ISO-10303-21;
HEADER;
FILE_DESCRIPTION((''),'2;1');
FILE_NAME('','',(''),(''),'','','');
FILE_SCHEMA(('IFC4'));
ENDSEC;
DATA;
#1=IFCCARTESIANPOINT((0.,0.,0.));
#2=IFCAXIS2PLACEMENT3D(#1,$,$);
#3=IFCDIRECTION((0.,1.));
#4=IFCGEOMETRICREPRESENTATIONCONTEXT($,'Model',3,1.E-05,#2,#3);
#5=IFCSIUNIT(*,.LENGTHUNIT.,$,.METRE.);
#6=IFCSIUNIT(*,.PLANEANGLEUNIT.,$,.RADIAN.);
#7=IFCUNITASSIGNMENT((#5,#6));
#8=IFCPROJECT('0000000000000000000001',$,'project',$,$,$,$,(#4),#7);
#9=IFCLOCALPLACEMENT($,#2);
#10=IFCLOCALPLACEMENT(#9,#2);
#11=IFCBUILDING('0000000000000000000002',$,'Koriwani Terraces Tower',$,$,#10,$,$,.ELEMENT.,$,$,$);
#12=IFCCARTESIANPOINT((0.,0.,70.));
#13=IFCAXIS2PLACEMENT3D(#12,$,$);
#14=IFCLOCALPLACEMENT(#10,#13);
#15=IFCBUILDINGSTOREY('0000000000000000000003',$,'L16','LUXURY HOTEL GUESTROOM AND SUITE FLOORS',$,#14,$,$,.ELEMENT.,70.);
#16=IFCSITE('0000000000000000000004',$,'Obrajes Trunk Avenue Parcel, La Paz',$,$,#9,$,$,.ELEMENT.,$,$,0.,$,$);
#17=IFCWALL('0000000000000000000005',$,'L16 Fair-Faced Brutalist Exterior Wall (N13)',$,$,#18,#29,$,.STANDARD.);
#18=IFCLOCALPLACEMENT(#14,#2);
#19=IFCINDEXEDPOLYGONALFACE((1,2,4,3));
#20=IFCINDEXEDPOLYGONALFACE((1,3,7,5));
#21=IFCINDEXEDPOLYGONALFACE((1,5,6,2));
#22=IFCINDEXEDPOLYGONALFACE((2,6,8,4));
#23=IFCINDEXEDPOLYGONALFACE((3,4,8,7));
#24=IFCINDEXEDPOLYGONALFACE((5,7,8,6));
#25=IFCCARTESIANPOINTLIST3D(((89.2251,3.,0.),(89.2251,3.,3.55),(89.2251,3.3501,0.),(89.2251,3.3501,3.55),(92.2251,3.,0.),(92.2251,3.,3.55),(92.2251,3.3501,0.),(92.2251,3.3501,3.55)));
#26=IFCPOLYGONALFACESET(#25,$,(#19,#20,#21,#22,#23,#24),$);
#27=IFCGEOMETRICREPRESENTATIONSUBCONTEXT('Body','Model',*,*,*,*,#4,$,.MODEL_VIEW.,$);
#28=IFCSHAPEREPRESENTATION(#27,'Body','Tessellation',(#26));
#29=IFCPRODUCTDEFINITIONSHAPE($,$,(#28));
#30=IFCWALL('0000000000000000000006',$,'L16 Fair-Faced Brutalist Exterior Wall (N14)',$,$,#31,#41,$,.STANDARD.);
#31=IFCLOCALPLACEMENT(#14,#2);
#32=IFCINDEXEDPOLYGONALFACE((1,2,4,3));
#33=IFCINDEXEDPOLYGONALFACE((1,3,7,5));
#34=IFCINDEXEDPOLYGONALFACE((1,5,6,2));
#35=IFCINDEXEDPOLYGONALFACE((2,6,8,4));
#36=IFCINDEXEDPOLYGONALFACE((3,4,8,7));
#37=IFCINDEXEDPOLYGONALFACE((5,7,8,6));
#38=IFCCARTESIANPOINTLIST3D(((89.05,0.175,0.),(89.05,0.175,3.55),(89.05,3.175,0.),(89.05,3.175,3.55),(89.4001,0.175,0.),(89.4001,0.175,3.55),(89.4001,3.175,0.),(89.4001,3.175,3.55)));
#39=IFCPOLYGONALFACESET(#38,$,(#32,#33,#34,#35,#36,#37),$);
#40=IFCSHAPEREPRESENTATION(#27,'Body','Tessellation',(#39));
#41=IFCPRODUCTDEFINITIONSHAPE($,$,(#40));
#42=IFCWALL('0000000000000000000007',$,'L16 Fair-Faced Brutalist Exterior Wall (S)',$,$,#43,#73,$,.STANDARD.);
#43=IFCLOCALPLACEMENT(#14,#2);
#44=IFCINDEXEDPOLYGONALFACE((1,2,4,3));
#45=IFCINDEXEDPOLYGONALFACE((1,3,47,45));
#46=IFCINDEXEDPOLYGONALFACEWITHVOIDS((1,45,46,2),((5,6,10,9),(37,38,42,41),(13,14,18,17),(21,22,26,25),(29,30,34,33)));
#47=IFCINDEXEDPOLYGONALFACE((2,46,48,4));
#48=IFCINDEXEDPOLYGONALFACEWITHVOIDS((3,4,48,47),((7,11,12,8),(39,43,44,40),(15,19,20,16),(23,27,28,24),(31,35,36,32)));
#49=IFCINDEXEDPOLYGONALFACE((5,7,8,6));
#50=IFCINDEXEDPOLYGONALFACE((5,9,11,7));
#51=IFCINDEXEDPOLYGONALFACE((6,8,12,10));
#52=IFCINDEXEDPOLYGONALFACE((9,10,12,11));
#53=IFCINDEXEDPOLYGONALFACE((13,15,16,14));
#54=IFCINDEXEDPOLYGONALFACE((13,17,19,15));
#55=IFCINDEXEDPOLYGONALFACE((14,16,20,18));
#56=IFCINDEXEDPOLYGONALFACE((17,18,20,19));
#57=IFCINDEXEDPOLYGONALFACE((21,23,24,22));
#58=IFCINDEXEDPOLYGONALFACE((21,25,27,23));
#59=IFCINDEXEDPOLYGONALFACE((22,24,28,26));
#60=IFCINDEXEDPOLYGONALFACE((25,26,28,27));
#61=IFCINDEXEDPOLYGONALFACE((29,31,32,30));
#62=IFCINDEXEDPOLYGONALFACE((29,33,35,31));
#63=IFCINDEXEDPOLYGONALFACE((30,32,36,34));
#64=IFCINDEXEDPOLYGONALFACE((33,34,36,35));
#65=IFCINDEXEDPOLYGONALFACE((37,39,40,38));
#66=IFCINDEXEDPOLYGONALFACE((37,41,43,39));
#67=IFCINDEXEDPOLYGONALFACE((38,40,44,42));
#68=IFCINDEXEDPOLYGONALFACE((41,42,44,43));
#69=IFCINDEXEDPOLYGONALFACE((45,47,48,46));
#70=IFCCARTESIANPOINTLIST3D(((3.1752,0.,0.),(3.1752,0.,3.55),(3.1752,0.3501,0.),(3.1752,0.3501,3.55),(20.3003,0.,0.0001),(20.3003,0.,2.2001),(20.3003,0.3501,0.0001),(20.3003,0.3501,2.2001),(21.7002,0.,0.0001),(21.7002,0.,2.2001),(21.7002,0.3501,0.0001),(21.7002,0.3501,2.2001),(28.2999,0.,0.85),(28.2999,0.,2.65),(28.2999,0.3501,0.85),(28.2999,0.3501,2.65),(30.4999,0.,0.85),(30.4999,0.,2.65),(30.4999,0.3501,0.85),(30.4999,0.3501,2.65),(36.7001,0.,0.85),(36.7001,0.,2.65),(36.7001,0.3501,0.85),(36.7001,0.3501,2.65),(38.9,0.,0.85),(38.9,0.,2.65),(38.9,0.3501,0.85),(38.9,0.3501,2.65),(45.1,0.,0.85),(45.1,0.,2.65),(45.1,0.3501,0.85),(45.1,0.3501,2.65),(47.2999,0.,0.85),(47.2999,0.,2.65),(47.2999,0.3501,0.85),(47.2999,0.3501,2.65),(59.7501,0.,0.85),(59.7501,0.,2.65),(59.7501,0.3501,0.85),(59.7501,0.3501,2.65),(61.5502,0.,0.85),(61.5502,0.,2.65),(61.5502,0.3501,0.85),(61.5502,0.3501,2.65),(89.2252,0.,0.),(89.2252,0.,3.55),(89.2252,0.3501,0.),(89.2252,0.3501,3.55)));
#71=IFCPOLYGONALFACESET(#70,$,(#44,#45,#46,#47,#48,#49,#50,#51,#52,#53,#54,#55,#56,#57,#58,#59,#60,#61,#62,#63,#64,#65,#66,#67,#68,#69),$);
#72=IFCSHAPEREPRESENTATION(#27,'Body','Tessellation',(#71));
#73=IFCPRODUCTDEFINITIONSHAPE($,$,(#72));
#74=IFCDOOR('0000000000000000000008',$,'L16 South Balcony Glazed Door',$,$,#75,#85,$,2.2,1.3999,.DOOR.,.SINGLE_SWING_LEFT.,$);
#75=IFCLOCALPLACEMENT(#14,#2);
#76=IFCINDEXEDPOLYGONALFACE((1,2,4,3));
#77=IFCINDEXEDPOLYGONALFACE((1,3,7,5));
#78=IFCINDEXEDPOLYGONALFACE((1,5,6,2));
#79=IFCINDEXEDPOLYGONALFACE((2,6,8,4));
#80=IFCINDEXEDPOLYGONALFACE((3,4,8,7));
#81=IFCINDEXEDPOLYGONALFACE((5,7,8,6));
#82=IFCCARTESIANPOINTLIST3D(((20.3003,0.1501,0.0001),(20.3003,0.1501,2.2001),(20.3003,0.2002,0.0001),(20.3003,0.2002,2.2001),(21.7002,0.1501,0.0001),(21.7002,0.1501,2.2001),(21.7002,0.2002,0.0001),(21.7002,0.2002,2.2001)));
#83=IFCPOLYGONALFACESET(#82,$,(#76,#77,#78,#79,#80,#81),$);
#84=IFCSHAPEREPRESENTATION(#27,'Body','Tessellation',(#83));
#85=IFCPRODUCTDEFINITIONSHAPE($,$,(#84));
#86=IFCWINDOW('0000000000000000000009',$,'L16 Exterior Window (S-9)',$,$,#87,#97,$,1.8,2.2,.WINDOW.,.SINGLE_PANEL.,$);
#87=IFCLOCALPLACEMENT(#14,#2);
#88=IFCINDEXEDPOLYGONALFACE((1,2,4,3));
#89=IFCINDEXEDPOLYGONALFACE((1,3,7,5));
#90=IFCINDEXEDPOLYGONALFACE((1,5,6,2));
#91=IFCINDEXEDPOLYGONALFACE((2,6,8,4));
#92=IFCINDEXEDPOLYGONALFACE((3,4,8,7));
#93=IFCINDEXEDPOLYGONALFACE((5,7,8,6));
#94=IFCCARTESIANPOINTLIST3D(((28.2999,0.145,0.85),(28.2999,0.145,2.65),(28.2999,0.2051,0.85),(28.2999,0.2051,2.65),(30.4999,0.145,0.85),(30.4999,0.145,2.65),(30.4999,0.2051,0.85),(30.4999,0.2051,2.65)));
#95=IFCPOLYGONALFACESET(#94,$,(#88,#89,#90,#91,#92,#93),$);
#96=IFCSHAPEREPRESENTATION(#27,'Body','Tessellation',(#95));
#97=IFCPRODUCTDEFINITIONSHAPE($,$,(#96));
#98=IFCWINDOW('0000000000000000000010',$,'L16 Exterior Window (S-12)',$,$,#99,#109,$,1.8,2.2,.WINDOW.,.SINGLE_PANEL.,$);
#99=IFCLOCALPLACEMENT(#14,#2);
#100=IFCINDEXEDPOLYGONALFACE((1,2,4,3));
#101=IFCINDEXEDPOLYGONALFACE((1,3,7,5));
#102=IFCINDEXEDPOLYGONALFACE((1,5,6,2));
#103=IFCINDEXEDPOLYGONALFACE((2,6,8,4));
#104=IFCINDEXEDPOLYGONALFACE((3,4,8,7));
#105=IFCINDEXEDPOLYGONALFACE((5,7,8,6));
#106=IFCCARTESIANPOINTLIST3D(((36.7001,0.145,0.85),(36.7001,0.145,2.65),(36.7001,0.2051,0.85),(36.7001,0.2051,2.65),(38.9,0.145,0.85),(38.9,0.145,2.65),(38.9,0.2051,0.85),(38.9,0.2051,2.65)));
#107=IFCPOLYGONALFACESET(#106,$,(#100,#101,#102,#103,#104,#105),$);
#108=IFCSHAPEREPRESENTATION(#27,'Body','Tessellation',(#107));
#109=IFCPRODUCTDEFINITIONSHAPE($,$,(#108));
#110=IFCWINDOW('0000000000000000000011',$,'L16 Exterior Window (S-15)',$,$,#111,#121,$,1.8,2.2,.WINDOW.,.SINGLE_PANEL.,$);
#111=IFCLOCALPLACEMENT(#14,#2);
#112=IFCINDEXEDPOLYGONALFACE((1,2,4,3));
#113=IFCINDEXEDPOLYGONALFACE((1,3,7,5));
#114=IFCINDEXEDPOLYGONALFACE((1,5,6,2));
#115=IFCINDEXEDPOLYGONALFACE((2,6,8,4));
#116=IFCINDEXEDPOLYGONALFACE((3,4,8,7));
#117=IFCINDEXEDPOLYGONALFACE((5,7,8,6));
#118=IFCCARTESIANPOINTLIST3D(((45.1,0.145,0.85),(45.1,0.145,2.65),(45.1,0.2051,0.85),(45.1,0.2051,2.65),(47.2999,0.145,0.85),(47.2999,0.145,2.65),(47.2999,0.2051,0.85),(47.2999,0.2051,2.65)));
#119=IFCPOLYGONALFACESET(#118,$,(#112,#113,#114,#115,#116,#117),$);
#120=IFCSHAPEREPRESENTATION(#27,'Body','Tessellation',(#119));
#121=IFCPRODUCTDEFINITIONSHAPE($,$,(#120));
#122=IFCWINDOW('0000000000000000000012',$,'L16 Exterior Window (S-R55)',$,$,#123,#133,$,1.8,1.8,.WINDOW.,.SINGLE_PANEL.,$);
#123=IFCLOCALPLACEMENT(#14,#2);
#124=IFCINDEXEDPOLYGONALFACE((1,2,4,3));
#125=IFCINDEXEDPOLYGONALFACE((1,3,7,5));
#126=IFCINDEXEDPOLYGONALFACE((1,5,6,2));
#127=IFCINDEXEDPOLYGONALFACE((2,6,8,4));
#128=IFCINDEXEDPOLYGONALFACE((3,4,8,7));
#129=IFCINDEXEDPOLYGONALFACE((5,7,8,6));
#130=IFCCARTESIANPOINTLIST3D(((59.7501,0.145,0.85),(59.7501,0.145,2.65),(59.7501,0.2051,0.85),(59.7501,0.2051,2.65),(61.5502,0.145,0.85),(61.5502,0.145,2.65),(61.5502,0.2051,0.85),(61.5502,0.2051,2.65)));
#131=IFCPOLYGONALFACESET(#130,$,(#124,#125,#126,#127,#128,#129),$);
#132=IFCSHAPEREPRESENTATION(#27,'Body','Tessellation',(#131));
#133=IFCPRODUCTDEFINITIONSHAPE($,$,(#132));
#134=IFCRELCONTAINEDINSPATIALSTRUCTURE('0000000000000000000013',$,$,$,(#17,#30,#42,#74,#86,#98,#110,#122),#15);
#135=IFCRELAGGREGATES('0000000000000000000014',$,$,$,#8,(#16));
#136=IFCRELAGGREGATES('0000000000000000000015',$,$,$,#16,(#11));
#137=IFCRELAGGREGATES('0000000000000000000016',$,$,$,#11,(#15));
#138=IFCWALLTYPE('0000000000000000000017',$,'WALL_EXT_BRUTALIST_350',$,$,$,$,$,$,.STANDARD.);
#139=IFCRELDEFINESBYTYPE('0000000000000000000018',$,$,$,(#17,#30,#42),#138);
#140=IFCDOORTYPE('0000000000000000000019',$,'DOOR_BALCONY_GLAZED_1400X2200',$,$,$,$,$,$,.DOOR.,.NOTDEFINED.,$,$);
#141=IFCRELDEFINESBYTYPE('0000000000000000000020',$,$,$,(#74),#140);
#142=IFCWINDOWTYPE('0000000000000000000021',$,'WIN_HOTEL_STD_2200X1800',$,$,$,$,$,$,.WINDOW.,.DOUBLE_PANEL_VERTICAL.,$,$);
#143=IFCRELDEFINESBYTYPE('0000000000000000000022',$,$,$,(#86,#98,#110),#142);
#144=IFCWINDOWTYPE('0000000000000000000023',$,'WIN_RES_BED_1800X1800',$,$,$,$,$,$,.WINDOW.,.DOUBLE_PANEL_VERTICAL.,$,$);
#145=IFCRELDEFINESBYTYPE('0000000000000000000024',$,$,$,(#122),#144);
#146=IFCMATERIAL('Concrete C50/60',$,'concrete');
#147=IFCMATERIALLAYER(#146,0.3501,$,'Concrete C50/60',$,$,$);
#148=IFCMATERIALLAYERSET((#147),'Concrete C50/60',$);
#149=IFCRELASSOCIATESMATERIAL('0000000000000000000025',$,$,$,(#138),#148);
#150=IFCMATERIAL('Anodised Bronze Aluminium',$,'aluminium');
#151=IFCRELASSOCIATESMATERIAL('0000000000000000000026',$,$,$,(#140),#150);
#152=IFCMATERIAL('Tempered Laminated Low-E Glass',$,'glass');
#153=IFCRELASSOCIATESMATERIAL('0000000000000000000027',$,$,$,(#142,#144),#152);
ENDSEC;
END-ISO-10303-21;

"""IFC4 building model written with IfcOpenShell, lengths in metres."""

from ifc_helpers import new_model, si_unit, direction, frame, frame_2d, origin, place, context, subcontext, project, spatial, rectangle, extrude, material, layer, layer_set, type_object, element, fill, save


model = new_model("IFC4")

# Units and contexts
model_context = context("Model", 3, precision=1e-05, world=origin(), true_north=direction((0.0, 1.0)))
body_context = subcontext(model_context, "Body", "Model", "MODEL_VIEW")
ifc_project = project(units=[si_unit("LENGTHUNIT", "METRE"), si_unit("PLANEANGLEUNIT", "RADIAN")], contexts=[model_context])

# Site, building, storey
site_placement = place(None, origin())
site = spatial("IfcSite", under=ifc_project, at=site_placement, Name="Obrajes Trunk Avenue Parcel, La Paz", CompositionType="ELEMENT", RefElevation=0.0)
building_placement = place(site_placement, origin())
building = spatial("IfcBuilding", under=site, at=building_placement, Name="Koriwani Terraces Tower", CompositionType="ELEMENT")
storey_placement = place(building_placement, frame((0.0, 0.0, 70.0)))
storey = spatial("IfcBuildingStorey", under=building, at=storey_placement, Name="L16", Description="LUXURY HOTEL GUESTROOM AND SUITE FLOORS", CompositionType="ELEMENT", Elevation=70.0)

# Shared definitions
ifc_material_1 = material(Name="Anodised Bronze Aluminium", Category="aluminium")
ifc_material_2 = material(Name="Tempered Laminated Low-E Glass", Category="glass")

# Walls
ifc_material_3 = material(Name="Concrete C50/60", Category="concrete")
ifc_layer_1 = layer(ifc_material_3, 0.3501, Name="Concrete C50/60")
ifc_layer_set_1 = layer_set([ifc_layer_1], Name="Concrete C50/60")
wall_type = type_object("IfcWallType", Name="WALL_EXT_BRUTALIST_350", PredefinedType="STANDARD", material=ifc_layer_set_1)
for number, where, z_axis, x_axis, name in (
    (1, (92.2251, 3.175, 0.0), (0.0, 0.0, 1.0), (-1.0, 0.0, 0.0), "L16 Fair-Faced Brutalist Exterior Wall (N13)"),
    (2, (89.2251, 3.175, 0.0), (0.0, 0.0, 1.0), (0.0, -1.0, 0.0), "L16 Fair-Faced Brutalist Exterior Wall (N14)"),
):
    element("IfcWall", number, at=place(storey_placement, frame(where, z_axis=z_axis, x_axis=x_axis)), inside=storey, type_object=wall_type, Name=name, PredefinedType="STANDARD", context=body_context, shape_type="SweptSolid", body=[
        extrude(rectangle(XDim=3.0, YDim=0.3501, at=frame_2d((1.5, 0.0))), origin(), (0.0, 0.0, 1.0), 3.55),
    ])

# Wall, openings, door, windows
wall_placement = place(storey_placement, frame((89.2251, 0.175, 0.0), z_axis=(0.0, 0.0, 1.0), x_axis=(-1.0, 0.0, 0.0)))
wall = element("IfcWall", 3, at=wall_placement, inside=storey, type_object=wall_type, Name="L16 Fair-Faced Brutalist Exterior Wall (S)", PredefinedType="STANDARD", context=body_context, shape_type="SweptSolid", body=[
    extrude(rectangle(XDim=86.05, YDim=0.3501, at=frame_2d((43.0249, 0.0))), origin(), (0.0, 0.0, 1.0), 3.55),
])
opening_1_placement = place(wall_placement, frame((67.5249, 0.0, 0.0)))
opening_1 = element("IfcOpeningElement", 4, at=opening_1_placement, cuts=wall, PredefinedType="OPENING", context=body_context, shape_type="SweptSolid", body=[
    extrude(rectangle(XDim=1.3999, YDim=2.2, at=frame_2d((0.7, 1.1001))), frame((0.0, 0.1851, 0.0), z_axis=(0.0, -1.0, 0.0), x_axis=(1.0, 0.0, 0.0)), (0.0, 0.0, 1.0), 0.3701),
])
opening_2_placement = place(wall_placement, frame((58.7251, 0.0, 0.8501)))
opening_2 = element("IfcOpeningElement", 5, at=opening_2_placement, cuts=wall, PredefinedType="OPENING", context=body_context, shape_type="SweptSolid", body=[
    extrude(rectangle(XDim=2.2, YDim=1.8, at=frame_2d((1.1001, 0.8999))), frame((0.0, 0.1851, 0.0), z_axis=(0.0, -1.0, 0.0), x_axis=(1.0, 0.0, 0.0)), (0.0, 0.0, 1.0), 0.3701),
])
opening_3_placement = place(wall_placement, frame((50.325, 0.0, 0.8501)))
opening_3 = element("IfcOpeningElement", 6, at=opening_3_placement, cuts=wall, PredefinedType="OPENING", context=body_context, shape_type="SweptSolid", body=[
    extrude(rectangle(XDim=2.2, YDim=1.8, at=frame_2d((1.1001, 0.8999))), frame((0.0, 0.1851, 0.0), z_axis=(0.0, -1.0, 0.0), x_axis=(1.0, 0.0, 0.0)), (0.0, 0.0, 1.0), 0.3701),
])
opening_4_placement = place(wall_placement, frame((41.925, 0.0, 0.8501)))
opening_4 = element("IfcOpeningElement", 7, at=opening_4_placement, cuts=wall, PredefinedType="OPENING", context=body_context, shape_type="SweptSolid", body=[
    extrude(rectangle(XDim=2.2, YDim=1.8, at=frame_2d((1.1001, 0.8999))), frame((0.0, 0.1851, 0.0), z_axis=(0.0, -1.0, 0.0), x_axis=(1.0, 0.0, 0.0)), (0.0, 0.0, 1.0), 0.3701),
])
opening_5_placement = place(wall_placement, frame((27.675, 0.0, 0.8501)))
opening_5 = element("IfcOpeningElement", 8, at=opening_5_placement, cuts=wall, PredefinedType="OPENING", context=body_context, shape_type="SweptSolid", body=[
    extrude(rectangle(XDim=1.8, YDim=1.8, at=frame_2d((0.8999, 0.8999))), frame((0.0, 0.1851, 0.0), z_axis=(0.0, -1.0, 0.0), x_axis=(1.0, 0.0, 0.0)), (0.0, 0.0, 1.0), 0.3701),
])
door_type = type_object("IfcDoorType", Name="DOOR_BALCONY_GLAZED_1400X2200", OperationType="NOTDEFINED", PredefinedType="DOOR", material=ifc_material_1)
door_placement = place(opening_1_placement, origin())
door = element("IfcDoor", 9, at=door_placement, inside=storey, type_object=door_type, Name="L16 South Balcony Glazed Door", OperationType="SINGLE_SWING_LEFT", OverallHeight=2.2, OverallWidth=1.3999, PredefinedType="DOOR", context=body_context, shape_type="SweptSolid", body=[
    extrude(rectangle(XDim=1.3999, YDim=2.2, at=frame_2d((0.7, 1.1001))), frame((0.0, 0.0249, 0.0), z_axis=(0.0, -1.0, 0.0), x_axis=(1.0, 0.0, 0.0)), (0.0, 0.0, 1.0), 0.05),
])
fill(opening_1, door)
window_type_1 = type_object("IfcWindowType", Name="WIN_HOTEL_STD_2200X1800", PartitioningType="DOUBLE_PANEL_VERTICAL", PredefinedType="WINDOW", material=ifc_material_2)
window_1_placement = place(opening_2_placement, origin())
window_1 = element("IfcWindow", 10, at=window_1_placement, inside=storey, type_object=window_type_1, Name="L16 Exterior Window (S-9)", OverallHeight=1.8, OverallWidth=2.2, PartitioningType="SINGLE_PANEL", PredefinedType="WINDOW", context=body_context, shape_type="SweptSolid", body=[
    extrude(rectangle(XDim=2.2, YDim=1.8, at=frame_2d((1.1001, 0.8999))), frame((0.0, 0.03, 0.0), z_axis=(0.0, -1.0, 0.0), x_axis=(1.0, 0.0, 0.0)), (0.0, 0.0, 1.0), 0.0601),
])
fill(opening_2, window_1)
window_2_placement = place(opening_3_placement, origin())
window_2 = element("IfcWindow", 11, at=window_2_placement, inside=storey, type_object=window_type_1, Name="L16 Exterior Window (S-12)", OverallHeight=1.8, OverallWidth=2.2, PartitioningType="SINGLE_PANEL", PredefinedType="WINDOW", context=body_context, shape_type="SweptSolid", body=[
    extrude(rectangle(XDim=2.2, YDim=1.8, at=frame_2d((1.1001, 0.8999))), frame((0.0, 0.03, 0.0), z_axis=(0.0, -1.0, 0.0), x_axis=(1.0, 0.0, 0.0)), (0.0, 0.0, 1.0), 0.0601),
])
fill(opening_3, window_2)
window_3_placement = place(opening_4_placement, origin())
window_3 = element("IfcWindow", 12, at=window_3_placement, inside=storey, type_object=window_type_1, Name="L16 Exterior Window (S-15)", OverallHeight=1.8, OverallWidth=2.2, PartitioningType="SINGLE_PANEL", PredefinedType="WINDOW", context=body_context, shape_type="SweptSolid", body=[
    extrude(rectangle(XDim=2.2, YDim=1.8, at=frame_2d((1.1001, 0.8999))), frame((0.0, 0.03, 0.0), z_axis=(0.0, -1.0, 0.0), x_axis=(1.0, 0.0, 0.0)), (0.0, 0.0, 1.0), 0.0601),
])
fill(opening_4, window_3)
window_type_2 = type_object("IfcWindowType", Name="WIN_RES_BED_1800X1800", PartitioningType="DOUBLE_PANEL_VERTICAL", PredefinedType="WINDOW", material=ifc_material_2)
window_4_placement = place(opening_5_placement, origin())
window_4 = element("IfcWindow", 13, at=window_4_placement, inside=storey, type_object=window_type_2, Name="L16 Exterior Window (S-R55)", OverallHeight=1.8, OverallWidth=1.8, PartitioningType="SINGLE_PANEL", PredefinedType="WINDOW", context=body_context, shape_type="SweptSolid", body=[
    extrude(rectangle(XDim=1.8, YDim=1.8, at=frame_2d((0.8999, 0.8999))), frame((0.0, 0.03, 0.0), z_axis=(0.0, -1.0, 0.0), x_axis=(1.0, 0.0, 0.0)), (0.0, 0.0, 1.0), 0.0601),
])
fill(opening_5, window_4)

save(model, "model.ifc")
